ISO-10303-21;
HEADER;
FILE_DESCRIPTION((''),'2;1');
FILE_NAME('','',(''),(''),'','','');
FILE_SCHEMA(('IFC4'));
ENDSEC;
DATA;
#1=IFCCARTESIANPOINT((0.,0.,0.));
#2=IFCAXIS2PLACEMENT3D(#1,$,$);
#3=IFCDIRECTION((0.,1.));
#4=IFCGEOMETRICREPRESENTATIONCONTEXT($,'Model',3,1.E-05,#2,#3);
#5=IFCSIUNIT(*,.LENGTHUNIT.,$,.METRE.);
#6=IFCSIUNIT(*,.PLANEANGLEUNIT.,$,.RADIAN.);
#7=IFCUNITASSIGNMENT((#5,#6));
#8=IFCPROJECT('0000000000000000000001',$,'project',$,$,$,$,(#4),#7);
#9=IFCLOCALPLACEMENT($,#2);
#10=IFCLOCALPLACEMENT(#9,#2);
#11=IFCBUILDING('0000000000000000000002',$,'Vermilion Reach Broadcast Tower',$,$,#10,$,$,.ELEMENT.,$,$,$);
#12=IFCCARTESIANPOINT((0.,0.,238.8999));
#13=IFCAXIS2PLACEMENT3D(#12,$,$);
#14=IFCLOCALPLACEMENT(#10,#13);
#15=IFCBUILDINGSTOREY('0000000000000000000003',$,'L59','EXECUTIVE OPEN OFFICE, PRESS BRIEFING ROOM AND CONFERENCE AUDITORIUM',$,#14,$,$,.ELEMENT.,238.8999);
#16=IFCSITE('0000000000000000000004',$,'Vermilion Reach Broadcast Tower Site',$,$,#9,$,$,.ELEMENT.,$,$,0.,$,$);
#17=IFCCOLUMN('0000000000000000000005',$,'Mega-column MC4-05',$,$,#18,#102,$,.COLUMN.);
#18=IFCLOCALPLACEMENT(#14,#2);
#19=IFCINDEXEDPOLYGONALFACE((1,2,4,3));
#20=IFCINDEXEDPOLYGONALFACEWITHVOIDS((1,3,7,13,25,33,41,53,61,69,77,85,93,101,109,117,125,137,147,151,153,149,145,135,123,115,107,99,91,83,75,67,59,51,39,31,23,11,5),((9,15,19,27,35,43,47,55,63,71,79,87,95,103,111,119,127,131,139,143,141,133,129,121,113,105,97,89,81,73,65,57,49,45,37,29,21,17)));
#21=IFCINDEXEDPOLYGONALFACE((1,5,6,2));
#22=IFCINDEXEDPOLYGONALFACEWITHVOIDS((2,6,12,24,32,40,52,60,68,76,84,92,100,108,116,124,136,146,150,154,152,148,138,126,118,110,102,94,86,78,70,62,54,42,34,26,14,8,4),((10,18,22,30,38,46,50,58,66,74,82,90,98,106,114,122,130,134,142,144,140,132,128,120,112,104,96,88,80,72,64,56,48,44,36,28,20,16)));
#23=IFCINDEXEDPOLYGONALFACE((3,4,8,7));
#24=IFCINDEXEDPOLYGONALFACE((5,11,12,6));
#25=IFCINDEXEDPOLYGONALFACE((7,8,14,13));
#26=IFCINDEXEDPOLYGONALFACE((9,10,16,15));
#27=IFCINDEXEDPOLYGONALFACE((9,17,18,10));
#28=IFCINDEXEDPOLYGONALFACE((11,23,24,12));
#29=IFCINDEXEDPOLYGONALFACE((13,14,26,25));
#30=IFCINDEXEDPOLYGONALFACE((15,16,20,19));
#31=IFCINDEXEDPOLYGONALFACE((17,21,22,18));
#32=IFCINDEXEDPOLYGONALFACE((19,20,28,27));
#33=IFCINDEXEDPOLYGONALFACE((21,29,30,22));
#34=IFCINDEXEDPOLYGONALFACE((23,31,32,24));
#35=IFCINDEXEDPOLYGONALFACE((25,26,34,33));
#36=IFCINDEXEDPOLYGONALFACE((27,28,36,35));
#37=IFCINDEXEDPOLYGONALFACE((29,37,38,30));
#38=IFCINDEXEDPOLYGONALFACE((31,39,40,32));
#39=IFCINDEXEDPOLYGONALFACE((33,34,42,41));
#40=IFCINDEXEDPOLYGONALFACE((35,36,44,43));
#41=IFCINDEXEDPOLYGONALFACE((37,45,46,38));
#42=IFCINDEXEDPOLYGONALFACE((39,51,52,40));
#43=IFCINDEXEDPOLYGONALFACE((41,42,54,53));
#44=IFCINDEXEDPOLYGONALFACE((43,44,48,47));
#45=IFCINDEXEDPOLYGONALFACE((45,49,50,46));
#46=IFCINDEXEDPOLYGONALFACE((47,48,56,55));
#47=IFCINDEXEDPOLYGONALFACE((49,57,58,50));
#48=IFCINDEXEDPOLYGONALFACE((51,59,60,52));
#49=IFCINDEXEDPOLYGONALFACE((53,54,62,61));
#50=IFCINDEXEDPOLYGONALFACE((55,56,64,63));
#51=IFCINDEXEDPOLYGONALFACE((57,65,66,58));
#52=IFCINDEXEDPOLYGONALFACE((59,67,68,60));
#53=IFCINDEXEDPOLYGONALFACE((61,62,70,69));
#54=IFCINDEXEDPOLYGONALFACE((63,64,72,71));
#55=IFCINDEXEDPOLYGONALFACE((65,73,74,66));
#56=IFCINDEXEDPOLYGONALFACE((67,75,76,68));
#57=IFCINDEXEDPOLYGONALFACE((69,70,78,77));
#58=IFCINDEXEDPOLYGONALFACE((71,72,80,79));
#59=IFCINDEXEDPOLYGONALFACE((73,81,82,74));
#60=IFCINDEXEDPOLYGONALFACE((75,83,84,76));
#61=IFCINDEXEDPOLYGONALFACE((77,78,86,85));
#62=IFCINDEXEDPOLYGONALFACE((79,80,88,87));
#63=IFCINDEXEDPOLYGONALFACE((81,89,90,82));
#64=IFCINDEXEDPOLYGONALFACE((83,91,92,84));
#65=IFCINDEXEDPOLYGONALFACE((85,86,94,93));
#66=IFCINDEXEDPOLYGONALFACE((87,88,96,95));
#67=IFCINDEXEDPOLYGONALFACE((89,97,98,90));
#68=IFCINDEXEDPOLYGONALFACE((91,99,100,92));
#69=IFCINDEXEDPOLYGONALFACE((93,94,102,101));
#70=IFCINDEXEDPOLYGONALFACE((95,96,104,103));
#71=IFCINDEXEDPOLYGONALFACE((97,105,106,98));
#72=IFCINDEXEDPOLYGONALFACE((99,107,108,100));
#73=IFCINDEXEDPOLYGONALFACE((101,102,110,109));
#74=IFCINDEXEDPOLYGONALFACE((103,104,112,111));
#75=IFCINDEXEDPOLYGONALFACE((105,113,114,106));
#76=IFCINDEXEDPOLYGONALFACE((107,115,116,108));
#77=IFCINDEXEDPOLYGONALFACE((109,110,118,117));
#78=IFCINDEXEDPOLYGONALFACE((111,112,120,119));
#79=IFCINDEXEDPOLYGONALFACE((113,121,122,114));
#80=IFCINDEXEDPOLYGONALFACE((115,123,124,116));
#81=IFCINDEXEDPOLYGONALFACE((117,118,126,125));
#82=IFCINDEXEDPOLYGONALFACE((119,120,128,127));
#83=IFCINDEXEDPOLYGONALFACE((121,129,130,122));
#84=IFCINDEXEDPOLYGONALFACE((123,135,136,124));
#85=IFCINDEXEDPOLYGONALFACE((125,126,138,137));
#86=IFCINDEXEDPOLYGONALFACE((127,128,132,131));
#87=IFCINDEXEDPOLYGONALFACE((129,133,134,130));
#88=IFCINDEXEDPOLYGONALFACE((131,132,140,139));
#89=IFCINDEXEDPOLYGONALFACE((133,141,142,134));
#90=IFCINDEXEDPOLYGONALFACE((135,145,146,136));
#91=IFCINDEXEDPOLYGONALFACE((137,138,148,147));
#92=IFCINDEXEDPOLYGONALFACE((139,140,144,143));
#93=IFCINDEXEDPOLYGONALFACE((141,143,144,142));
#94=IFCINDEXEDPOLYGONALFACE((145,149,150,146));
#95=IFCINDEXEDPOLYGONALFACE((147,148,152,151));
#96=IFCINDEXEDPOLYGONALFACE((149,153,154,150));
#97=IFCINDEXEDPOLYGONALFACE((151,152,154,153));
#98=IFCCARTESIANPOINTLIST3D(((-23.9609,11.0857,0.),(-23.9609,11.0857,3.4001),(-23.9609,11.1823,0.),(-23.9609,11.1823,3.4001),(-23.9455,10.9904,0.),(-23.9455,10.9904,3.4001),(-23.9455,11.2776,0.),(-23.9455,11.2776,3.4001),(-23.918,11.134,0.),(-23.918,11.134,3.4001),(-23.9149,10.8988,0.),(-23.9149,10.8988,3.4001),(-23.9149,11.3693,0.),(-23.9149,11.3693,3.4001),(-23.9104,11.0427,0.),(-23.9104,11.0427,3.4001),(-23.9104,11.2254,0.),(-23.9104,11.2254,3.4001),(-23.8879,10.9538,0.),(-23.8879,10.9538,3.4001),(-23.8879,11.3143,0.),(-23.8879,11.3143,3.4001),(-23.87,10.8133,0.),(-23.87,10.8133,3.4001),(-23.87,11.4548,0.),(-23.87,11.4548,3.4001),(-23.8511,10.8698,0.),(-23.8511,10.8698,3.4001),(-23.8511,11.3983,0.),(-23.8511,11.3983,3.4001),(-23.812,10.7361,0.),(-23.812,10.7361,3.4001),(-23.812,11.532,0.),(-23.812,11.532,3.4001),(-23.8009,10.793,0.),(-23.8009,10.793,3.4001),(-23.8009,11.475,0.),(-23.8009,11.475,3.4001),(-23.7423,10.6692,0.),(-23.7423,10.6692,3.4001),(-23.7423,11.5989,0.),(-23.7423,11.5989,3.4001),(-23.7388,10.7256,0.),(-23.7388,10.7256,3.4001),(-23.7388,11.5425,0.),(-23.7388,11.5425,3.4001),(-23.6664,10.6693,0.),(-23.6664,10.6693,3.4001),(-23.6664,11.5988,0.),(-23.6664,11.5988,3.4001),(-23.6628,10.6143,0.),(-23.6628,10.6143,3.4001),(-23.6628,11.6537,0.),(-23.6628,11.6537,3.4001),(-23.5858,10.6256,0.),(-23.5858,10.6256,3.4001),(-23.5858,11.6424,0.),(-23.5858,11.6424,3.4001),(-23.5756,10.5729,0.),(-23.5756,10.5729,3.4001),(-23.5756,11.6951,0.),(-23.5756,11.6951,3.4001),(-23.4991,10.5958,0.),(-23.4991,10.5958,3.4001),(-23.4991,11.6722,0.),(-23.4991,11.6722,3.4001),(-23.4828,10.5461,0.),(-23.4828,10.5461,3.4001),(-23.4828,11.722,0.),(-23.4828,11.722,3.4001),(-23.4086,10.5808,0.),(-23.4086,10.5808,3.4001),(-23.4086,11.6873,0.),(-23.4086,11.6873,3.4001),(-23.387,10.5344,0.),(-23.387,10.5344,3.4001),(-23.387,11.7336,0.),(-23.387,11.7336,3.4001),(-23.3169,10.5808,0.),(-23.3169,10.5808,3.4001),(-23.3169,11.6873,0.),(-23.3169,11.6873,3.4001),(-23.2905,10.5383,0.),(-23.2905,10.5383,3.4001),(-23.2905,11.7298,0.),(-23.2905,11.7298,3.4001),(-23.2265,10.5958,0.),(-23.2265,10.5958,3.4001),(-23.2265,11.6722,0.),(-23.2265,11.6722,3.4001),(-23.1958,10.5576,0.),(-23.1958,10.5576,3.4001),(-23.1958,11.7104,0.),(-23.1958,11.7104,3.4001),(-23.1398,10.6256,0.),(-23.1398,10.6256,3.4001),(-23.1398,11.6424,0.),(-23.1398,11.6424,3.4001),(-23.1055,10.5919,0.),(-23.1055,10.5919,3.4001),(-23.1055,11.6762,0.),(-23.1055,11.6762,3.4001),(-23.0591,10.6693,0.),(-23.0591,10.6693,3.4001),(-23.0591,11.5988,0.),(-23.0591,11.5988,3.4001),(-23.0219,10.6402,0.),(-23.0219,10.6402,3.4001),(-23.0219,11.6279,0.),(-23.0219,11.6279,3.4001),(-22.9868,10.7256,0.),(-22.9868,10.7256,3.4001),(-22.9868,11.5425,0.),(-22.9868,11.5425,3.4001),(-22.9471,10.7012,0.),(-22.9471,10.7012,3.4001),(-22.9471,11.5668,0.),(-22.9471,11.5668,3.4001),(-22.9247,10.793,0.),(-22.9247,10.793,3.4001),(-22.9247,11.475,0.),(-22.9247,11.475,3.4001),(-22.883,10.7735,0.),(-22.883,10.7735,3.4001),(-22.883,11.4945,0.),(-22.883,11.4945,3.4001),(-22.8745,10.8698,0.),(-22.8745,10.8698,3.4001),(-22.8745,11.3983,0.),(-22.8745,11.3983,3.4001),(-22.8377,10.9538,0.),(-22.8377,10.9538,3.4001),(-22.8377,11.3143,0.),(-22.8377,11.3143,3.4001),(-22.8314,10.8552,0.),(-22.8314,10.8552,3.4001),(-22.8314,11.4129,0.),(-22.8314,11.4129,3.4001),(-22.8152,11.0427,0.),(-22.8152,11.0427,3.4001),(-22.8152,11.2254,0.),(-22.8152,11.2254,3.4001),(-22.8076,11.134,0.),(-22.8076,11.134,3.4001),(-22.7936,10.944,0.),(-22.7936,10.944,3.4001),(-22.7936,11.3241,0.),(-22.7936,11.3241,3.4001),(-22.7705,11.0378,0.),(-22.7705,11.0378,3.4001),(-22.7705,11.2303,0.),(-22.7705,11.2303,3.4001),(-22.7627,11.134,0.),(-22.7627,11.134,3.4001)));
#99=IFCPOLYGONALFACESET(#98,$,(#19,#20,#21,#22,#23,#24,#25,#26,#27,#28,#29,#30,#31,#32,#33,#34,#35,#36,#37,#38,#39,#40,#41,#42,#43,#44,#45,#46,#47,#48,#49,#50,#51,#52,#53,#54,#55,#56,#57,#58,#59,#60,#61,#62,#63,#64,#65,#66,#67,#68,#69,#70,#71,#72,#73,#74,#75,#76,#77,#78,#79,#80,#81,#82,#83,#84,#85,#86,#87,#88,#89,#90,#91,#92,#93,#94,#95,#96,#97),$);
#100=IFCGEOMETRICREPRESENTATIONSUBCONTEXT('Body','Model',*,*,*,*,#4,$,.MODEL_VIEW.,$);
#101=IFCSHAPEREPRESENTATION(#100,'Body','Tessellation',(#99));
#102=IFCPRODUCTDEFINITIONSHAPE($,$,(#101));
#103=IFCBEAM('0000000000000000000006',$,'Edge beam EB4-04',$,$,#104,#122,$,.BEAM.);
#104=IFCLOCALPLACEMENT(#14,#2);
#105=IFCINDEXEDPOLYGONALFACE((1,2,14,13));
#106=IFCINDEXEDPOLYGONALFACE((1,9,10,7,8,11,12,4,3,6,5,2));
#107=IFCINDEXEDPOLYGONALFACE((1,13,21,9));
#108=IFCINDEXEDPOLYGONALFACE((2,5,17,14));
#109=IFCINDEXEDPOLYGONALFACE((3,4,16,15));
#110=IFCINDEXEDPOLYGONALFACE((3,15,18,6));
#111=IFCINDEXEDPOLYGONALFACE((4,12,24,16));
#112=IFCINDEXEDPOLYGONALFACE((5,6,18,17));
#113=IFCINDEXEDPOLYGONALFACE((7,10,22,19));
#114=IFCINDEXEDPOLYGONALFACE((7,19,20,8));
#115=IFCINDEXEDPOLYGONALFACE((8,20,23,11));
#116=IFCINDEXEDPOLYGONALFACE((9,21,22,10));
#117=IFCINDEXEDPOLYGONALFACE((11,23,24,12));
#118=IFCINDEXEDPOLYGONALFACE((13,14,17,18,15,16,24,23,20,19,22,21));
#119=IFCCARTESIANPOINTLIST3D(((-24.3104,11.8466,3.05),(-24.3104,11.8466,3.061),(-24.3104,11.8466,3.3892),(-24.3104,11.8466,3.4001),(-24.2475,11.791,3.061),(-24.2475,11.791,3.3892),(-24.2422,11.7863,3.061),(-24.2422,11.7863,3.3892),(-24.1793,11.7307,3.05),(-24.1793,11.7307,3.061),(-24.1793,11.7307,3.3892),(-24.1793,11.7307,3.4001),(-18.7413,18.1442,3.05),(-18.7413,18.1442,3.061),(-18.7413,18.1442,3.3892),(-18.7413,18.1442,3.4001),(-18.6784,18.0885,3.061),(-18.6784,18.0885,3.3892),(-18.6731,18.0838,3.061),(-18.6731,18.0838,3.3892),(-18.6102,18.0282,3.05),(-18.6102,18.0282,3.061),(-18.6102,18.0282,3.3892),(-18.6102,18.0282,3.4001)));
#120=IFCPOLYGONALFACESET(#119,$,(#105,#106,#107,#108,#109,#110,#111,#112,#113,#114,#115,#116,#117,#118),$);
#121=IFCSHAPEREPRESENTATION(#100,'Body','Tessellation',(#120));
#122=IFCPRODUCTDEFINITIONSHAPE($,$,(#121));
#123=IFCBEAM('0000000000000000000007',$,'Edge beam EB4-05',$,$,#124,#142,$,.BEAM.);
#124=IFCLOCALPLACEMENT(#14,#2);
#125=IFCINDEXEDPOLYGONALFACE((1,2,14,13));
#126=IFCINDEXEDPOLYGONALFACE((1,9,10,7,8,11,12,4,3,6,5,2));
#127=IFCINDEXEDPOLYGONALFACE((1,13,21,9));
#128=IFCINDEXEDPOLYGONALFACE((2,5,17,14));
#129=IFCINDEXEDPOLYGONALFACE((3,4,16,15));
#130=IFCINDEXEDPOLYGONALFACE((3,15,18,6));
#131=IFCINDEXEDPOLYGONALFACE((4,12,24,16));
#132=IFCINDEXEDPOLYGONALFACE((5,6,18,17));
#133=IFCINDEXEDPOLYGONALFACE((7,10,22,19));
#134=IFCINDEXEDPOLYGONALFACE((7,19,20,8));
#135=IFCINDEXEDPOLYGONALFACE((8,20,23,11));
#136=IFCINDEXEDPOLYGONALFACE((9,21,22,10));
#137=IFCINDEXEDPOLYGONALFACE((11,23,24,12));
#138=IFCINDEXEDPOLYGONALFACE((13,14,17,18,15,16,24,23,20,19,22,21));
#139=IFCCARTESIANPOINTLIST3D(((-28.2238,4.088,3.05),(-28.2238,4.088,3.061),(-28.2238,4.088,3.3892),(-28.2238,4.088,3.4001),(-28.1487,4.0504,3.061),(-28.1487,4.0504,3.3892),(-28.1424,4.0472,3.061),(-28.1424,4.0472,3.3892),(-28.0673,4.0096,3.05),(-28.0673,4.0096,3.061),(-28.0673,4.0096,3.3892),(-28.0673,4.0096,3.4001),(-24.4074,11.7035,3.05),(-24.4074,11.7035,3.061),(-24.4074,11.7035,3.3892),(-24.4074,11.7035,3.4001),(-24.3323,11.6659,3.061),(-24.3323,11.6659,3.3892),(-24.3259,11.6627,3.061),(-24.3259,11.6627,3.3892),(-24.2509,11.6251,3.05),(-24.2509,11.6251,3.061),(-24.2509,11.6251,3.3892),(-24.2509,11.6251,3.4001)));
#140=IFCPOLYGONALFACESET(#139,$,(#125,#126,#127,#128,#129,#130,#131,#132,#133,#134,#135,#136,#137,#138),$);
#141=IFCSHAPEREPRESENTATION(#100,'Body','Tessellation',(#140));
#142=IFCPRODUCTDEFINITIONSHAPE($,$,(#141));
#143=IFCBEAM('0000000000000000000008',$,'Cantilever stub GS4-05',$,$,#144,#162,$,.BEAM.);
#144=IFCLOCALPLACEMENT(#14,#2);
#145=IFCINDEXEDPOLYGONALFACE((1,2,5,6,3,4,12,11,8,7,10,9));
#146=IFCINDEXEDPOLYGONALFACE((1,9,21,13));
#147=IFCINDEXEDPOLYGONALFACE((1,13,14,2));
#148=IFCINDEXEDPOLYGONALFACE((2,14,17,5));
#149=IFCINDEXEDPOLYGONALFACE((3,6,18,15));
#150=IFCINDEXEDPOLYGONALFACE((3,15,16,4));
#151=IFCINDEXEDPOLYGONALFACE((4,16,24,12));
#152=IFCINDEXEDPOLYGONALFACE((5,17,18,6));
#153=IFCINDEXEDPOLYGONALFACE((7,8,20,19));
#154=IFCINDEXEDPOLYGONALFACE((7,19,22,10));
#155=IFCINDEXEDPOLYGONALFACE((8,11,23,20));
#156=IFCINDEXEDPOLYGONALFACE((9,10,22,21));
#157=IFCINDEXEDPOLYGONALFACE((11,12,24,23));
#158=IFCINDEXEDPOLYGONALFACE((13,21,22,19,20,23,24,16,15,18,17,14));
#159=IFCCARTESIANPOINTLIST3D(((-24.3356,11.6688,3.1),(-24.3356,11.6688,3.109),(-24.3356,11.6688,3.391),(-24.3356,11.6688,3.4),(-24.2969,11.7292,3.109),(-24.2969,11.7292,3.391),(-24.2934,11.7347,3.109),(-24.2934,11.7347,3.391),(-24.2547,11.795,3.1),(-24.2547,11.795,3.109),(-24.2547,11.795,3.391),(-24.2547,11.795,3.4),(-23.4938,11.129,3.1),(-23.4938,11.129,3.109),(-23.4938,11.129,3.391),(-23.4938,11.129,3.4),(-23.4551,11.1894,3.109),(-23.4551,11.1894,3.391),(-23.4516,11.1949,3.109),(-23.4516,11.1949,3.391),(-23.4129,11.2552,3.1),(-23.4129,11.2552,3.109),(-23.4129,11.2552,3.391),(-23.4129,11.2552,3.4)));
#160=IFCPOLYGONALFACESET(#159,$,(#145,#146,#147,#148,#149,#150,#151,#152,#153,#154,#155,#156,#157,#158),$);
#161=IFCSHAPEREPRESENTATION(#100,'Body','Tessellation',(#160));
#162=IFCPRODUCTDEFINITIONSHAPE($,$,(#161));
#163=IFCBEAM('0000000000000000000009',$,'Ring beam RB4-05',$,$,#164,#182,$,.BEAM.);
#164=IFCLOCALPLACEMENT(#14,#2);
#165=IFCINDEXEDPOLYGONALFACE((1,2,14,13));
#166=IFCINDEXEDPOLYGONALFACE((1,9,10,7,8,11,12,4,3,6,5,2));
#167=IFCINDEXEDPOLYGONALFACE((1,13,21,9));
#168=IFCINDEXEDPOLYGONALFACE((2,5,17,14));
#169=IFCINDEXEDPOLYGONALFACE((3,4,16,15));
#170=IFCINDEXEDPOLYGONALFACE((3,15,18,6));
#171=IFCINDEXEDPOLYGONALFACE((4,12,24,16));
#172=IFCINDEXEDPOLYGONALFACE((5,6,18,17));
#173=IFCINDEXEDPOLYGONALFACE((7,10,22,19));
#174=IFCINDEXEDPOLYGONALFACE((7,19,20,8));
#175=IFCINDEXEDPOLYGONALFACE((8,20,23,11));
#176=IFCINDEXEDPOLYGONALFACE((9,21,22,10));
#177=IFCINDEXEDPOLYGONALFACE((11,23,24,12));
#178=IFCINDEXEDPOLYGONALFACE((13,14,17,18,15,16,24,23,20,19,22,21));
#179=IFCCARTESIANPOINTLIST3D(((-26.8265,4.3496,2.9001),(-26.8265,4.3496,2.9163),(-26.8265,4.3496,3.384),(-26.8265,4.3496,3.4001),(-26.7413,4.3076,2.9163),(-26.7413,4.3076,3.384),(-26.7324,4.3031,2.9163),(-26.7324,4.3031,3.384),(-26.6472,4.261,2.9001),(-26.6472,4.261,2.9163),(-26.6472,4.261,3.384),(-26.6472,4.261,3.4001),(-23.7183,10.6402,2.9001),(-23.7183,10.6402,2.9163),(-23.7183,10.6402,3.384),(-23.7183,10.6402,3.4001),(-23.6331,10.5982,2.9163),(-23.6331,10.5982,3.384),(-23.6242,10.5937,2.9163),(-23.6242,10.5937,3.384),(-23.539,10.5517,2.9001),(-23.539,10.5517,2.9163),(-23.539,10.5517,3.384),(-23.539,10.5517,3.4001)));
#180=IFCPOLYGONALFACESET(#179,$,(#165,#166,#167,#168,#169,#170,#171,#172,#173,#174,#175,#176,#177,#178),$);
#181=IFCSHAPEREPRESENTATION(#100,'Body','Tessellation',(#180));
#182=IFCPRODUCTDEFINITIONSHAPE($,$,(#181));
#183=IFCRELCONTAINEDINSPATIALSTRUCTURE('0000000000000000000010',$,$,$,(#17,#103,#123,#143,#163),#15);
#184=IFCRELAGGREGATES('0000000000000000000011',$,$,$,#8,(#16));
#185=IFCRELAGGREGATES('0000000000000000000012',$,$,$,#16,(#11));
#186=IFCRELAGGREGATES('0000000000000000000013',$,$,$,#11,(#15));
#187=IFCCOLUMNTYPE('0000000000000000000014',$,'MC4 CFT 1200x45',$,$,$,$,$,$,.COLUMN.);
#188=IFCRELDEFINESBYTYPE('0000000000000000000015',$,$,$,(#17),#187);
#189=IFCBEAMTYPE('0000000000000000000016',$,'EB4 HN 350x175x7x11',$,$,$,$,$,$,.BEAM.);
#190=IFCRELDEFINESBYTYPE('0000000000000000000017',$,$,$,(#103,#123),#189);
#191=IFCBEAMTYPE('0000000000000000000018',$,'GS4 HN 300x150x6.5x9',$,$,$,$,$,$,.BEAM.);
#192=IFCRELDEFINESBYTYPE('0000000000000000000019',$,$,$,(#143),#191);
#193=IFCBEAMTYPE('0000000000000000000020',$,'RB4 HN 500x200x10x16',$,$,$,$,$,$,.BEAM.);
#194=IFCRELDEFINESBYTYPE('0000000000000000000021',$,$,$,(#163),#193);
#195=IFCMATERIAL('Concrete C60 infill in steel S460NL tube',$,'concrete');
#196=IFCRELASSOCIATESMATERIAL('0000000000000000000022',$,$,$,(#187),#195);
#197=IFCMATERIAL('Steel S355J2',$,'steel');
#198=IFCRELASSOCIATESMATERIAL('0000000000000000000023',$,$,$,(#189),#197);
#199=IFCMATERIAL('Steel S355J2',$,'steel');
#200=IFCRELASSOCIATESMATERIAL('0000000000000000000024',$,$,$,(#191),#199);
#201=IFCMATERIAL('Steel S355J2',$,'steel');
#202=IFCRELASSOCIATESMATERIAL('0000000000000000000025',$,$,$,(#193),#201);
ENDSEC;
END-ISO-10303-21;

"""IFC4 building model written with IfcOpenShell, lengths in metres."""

from ifc_helpers import new_model, si_unit, direction, frame, origin, origin_2d, place, context, subcontext, project, spatial, hollow_circle, i_section, extrude, material, material_profile, profile_set, type_object, element, save


model = new_model("IFC4")

# Units and contexts
model_context = context("Model", 3, precision=1e-05, world=origin(), true_north=direction((0.0, 1.0)))
body_context = subcontext(model_context, "Body", "Model", "MODEL_VIEW")
ifc_project = project(units=[si_unit("LENGTHUNIT", "METRE"), si_unit("PLANEANGLEUNIT", "RADIAN")], contexts=[model_context])

# Site, building, storey
site_placement = place(None, origin())
site = spatial("IfcSite", under=ifc_project, at=site_placement, Name="Vermilion Reach Broadcast Tower Site", CompositionType="ELEMENT", RefElevation=0.0)
building_placement = place(site_placement, origin())
building = spatial("IfcBuilding", under=site, at=building_placement, Name="Vermilion Reach Broadcast Tower", CompositionType="ELEMENT")
storey_placement = place(building_placement, frame((0.0, 0.0, 238.8999)))
storey = spatial("IfcBuildingStorey", under=building, at=storey_placement, Name="L59", Description="EXECUTIVE OPEN OFFICE, PRESS BRIEFING ROOM AND CONFERENCE AUDITORIUM", CompositionType="ELEMENT", Elevation=238.8999)

# Column
ifc_material_1 = material(Name="Concrete C60 infill in steel S460NL tube", Category="concrete")
ifc_material_profile_1 = material_profile(ifc_material_1, hollow_circle(Radius=0.6001, WallThickness=0.0449, at=origin_2d()), Name="Concrete C60 infill in steel S460NL tube CFT 1200x45")
ifc_profile_set_1 = profile_set([ifc_material_profile_1], Name="Concrete C60 infill in steel S460NL tube")
column_type = type_object("IfcColumnType", Name="MC4 CFT 1200x45", PredefinedType="COLUMN", material=ifc_profile_set_1)
column_placement = place(storey_placement, frame((-23.3628, 11.134, 0.0), z_axis=(0.0, 0.0, 1.0), x_axis=(1.0, 0.0, 0.0)))
element("IfcColumn", 1, at=column_placement, inside=storey, type_object=column_type, Name="Mega-column MC4-05", PredefinedType="COLUMN", context=body_context, shape_type="SweptSolid", body=[
    extrude(hollow_circle(Radius=0.6001, WallThickness=0.0449, at=origin_2d()), origin(), (0.0, 0.0, 1.0), 3.4001),
])

# Beams
ifc_material_2 = material(Name="Steel S355J2", Category="steel")
ifc_material_profile_2 = material_profile(ifc_material_2, i_section(OverallWidth=0.175, OverallDepth=0.3501, WebThickness=0.0071, FlangeThickness=0.011, at=origin_2d()), Name="S355J2 HN 350x175x7x11")
ifc_profile_set_2 = profile_set([ifc_material_profile_2], Name="Steel S355J2")
beam_type_1 = type_object("IfcBeamType", Name="EB4 HN 350x175x7x11", PredefinedType="BEAM", material=ifc_profile_set_2)
beam_1_placement = place(storey_placement, frame((-18.6758, 18.0862, 3.2251), z_axis=(-0.662449, -0.749107, 0.0), x_axis=(0.749107, -0.662449, 0.0)))
element("IfcBeam", 2, at=beam_1_placement, inside=storey, type_object=beam_type_1, Name="Edge beam EB4-04", PredefinedType="BEAM", context=body_context, shape_type="SweptSolid", body=[
    extrude(i_section(OverallWidth=0.175, OverallDepth=0.3501, WebThickness=0.0071, FlangeThickness=0.011, at=origin_2d()), origin(), (0.0, 0.0, 1.0), 8.4067),
])
beam_2_placement = place(storey_placement, frame((-24.3291, 11.6643, 3.2251), z_axis=(-0.448027, -0.89402, 0.0), x_axis=(0.89402, -0.448027, 0.0)))
element("IfcBeam", 3, at=beam_2_placement, inside=storey, type_object=beam_type_1, Name="Edge beam EB4-05", PredefinedType="BEAM", context=body_context, shape_type="SweptSolid", body=[
    extrude(i_section(OverallWidth=0.175, OverallDepth=0.3501, WebThickness=0.0071, FlangeThickness=0.011, at=origin_2d()), origin(), (0.0, 0.0, 1.0), 8.5183),
])
ifc_material_3 = material(Name="Steel S355J2", Category="steel")
ifc_material_profile_3 = material_profile(ifc_material_3, i_section(OverallWidth=0.1499, OverallDepth=0.3, WebThickness=0.0066, FlangeThickness=0.009, at=origin_2d()), Name="S355J2 HN 300x150x6.5x9")
ifc_profile_set_3 = profile_set([ifc_material_profile_3], Name="Steel S355J2")
beam_type_2 = type_object("IfcBeamType", Name="GS4 HN 300x150x6.5x9", PredefinedType="BEAM", material=ifc_profile_set_3)
beam_3_placement = place(storey_placement, frame((-23.4534, 11.1921, 3.25), z_axis=(-0.841797, 0.539795, 0.0), x_axis=(-0.539795, -0.841797, 0.0)))
element("IfcBeam", 4, at=beam_3_placement, inside=storey, type_object=beam_type_2, Name="Cantilever stub GS4-05", PredefinedType="BEAM", context=body_context, shape_type="SweptSolid", body=[
    extrude(i_section(OverallWidth=0.1499, OverallDepth=0.3, WebThickness=0.0066, FlangeThickness=0.009, at=origin_2d()), origin(), (0.0, 0.0, 1.0), 1.0),
])
ifc_material_4 = material(Name="Steel S355J2", Category="steel")
ifc_material_profile_4 = material_profile(ifc_material_4, i_section(OverallWidth=0.2, OverallDepth=0.5, WebThickness=0.01, FlangeThickness=0.0161, at=origin_2d()), Name="S355J2 HN 500x200x10x16")
ifc_profile_set_4 = profile_set([ifc_material_profile_4], Name="Steel S355J2")
beam_type_3 = type_object("IfcBeamType", Name="RB4 HN 500x200x10x16", PredefinedType="BEAM", material=ifc_profile_set_4)
beam_4_placement = place(storey_placement, frame((-23.6287, 10.5959, 3.1501), z_axis=(-0.442977, -0.896533, 0.0), x_axis=(0.896533, -0.442977, 0.0)))
element("IfcBeam", 5, at=beam_4_placement, inside=storey, type_object=beam_type_3, Name="Ring beam RB4-05", PredefinedType="BEAM", context=body_context, shape_type="SweptSolid", body=[
    extrude(i_section(OverallWidth=0.2, OverallDepth=0.5, WebThickness=0.01, FlangeThickness=0.0161, at=origin_2d()), origin(), (0.0, 0.0, 1.0), 7.0166),
])

save(model, "model.ifc")
